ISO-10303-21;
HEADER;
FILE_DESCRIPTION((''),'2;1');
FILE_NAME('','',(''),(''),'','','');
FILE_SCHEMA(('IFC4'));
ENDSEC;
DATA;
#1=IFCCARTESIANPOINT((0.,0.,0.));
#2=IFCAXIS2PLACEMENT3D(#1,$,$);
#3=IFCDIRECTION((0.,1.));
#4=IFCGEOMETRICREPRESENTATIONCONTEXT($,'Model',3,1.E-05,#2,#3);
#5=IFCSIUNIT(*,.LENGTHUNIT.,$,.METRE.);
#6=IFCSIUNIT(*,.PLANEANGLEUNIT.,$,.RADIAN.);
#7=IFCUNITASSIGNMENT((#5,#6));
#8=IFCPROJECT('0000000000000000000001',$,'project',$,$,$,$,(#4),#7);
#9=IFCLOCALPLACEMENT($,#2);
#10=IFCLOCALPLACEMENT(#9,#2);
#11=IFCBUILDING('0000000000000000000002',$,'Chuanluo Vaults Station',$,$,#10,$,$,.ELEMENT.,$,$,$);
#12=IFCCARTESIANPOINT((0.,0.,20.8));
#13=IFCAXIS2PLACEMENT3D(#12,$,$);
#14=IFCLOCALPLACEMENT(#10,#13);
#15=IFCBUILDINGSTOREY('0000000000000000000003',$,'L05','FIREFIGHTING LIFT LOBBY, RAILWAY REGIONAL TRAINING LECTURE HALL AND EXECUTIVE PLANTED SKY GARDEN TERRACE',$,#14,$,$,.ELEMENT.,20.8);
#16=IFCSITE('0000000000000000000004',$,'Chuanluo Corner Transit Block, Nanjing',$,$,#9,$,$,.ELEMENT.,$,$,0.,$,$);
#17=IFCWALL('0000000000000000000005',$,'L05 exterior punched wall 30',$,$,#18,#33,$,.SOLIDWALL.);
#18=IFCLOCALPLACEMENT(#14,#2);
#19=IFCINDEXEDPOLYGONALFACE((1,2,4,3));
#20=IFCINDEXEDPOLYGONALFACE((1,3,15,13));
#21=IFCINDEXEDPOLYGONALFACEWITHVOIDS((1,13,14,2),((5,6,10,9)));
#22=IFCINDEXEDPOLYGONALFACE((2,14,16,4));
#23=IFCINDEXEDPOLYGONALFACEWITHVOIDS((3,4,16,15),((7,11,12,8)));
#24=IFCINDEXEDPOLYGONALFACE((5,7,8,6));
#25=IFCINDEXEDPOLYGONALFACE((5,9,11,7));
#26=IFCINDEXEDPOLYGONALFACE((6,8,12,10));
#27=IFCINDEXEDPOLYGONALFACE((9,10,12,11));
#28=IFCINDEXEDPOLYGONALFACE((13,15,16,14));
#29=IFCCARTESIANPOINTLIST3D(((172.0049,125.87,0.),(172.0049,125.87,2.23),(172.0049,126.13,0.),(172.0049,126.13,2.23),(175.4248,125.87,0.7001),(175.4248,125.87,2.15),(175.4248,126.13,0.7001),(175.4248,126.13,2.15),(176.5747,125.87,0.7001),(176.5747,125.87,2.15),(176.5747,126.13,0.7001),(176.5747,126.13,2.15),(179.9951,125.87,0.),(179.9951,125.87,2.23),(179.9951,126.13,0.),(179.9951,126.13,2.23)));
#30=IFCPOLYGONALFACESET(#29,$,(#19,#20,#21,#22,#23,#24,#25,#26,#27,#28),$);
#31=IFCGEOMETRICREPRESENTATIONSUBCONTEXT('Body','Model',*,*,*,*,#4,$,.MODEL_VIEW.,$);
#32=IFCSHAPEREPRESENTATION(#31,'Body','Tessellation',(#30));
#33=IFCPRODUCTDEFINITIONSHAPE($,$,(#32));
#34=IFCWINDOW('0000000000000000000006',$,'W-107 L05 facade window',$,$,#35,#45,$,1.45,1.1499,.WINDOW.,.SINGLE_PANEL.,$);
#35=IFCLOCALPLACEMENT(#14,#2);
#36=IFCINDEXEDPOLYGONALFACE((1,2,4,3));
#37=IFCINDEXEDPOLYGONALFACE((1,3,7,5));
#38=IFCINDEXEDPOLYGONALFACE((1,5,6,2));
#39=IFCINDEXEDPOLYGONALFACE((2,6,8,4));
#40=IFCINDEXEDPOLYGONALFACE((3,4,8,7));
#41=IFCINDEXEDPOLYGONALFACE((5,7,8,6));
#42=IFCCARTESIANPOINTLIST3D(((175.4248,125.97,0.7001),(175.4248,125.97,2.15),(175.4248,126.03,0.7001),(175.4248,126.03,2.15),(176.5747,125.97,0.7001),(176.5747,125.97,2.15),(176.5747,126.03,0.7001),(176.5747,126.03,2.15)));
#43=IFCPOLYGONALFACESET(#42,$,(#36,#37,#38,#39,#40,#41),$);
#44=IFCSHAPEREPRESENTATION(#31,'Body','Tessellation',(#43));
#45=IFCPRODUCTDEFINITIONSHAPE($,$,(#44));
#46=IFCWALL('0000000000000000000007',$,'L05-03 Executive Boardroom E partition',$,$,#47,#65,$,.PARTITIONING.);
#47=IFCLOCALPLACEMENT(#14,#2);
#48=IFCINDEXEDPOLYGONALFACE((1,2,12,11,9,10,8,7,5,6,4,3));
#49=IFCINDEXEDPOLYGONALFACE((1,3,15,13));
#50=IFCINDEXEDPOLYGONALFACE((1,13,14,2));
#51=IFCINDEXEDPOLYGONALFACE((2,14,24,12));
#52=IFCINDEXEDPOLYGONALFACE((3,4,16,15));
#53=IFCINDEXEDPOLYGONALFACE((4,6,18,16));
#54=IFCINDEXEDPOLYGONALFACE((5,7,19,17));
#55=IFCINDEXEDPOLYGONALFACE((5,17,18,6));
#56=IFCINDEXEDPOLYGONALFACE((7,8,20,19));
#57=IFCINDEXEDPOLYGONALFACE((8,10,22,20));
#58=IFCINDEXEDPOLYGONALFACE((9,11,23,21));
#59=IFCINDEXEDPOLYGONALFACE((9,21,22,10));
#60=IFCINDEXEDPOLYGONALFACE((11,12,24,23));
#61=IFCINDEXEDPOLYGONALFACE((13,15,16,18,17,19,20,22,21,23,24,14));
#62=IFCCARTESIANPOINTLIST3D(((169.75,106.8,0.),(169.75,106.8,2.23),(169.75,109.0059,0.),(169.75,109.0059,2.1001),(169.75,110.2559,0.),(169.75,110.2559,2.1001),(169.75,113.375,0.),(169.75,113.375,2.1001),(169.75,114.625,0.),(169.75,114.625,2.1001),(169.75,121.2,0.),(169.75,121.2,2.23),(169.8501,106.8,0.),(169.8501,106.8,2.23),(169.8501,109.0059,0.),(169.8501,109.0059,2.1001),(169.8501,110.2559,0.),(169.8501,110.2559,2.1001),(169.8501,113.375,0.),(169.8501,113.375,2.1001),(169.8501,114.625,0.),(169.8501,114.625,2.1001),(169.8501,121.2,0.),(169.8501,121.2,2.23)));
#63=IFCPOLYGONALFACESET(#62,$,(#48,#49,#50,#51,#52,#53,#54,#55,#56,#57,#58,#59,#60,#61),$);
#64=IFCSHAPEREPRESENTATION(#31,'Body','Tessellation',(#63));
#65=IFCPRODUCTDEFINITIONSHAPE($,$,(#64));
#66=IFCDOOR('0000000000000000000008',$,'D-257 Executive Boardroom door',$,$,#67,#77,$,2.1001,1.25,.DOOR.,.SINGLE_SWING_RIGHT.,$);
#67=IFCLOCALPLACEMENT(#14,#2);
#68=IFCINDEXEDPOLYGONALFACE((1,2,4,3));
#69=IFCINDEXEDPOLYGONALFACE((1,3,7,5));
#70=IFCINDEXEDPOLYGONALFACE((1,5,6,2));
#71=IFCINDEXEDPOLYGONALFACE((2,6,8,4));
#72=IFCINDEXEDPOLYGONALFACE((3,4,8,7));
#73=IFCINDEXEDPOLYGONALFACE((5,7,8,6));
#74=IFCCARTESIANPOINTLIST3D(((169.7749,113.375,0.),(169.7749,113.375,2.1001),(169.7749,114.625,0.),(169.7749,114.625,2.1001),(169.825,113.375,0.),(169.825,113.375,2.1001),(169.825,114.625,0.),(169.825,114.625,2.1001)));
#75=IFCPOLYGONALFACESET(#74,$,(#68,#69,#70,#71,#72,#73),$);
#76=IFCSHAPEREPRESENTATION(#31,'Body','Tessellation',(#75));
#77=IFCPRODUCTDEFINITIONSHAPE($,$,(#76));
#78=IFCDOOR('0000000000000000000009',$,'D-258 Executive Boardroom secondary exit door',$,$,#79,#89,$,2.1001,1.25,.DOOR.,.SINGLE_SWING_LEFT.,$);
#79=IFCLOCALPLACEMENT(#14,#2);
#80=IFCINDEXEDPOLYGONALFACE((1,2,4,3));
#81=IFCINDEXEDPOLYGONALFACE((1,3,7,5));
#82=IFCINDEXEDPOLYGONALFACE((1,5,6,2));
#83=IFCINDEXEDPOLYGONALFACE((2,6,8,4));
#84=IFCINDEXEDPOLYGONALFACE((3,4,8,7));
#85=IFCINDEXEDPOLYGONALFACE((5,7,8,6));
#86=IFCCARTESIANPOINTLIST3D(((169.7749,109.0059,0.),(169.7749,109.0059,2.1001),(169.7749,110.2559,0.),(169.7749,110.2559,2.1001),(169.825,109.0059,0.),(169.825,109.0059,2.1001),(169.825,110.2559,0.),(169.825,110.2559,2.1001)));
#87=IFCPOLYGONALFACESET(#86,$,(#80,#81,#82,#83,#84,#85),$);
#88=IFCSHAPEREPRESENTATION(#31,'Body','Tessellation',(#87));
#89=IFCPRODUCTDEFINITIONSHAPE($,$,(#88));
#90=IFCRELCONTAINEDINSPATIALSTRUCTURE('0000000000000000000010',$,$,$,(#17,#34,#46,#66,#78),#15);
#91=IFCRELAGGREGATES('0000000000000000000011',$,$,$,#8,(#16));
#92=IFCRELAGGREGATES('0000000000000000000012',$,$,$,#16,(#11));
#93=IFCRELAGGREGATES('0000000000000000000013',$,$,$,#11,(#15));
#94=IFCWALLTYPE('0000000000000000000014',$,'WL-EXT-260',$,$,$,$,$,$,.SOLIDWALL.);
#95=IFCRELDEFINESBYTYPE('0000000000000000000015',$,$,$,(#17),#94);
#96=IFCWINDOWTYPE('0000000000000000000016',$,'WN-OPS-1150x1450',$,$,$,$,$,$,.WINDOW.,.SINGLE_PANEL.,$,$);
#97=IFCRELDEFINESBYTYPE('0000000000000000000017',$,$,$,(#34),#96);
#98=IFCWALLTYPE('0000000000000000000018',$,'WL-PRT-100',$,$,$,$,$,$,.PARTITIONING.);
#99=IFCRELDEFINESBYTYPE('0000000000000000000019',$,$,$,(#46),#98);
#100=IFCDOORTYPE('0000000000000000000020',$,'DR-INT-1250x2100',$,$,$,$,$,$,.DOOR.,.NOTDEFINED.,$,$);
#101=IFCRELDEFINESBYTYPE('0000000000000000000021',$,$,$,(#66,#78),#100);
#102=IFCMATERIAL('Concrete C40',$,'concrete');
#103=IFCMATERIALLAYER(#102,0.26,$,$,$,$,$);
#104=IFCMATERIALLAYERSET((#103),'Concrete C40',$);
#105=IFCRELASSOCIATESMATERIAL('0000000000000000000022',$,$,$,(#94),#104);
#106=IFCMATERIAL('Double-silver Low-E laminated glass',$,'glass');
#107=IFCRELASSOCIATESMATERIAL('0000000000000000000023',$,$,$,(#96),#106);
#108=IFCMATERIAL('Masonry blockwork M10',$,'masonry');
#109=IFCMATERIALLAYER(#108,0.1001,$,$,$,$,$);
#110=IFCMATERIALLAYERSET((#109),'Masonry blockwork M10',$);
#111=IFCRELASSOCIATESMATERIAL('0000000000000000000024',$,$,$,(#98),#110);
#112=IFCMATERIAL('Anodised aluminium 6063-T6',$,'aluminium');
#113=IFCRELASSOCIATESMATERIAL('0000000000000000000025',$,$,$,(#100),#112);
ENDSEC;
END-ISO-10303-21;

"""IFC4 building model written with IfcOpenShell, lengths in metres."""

from ifc_helpers import new_model, si_unit, direction, frame, frame_2d, origin, place, context, subcontext, project, spatial, rectangle, extrude, material, layer, layer_set, type_object, element, fill, save


model = new_model("IFC4")

# Units and contexts
model_context = context("Model", 3, precision=1e-05, world=origin(), true_north=direction((0.0, 1.0)))
body_context = subcontext(model_context, "Body", "Model", "MODEL_VIEW")
ifc_project = project(units=[si_unit("LENGTHUNIT", "METRE"), si_unit("PLANEANGLEUNIT", "RADIAN")], contexts=[model_context])

# Site, building, storey
site_placement = place(None, origin())
site = spatial("IfcSite", under=ifc_project, at=site_placement, Name="Chuanluo Corner Transit Block, Nanjing", CompositionType="ELEMENT", RefElevation=0.0)
building_placement = place(site_placement, origin())
building = spatial("IfcBuilding", under=site, at=building_placement, Name="Chuanluo Vaults Station", CompositionType="ELEMENT")
storey_placement = place(building_placement, frame((0.0, 0.0, 20.8)))
storey = spatial("IfcBuildingStorey", under=building, at=storey_placement, Name="L05", Description="FIREFIGHTING LIFT LOBBY, RAILWAY REGIONAL TRAINING LECTURE HALL AND EXECUTIVE PLANTED SKY GARDEN TERRACE", CompositionType="ELEMENT", Elevation=20.8)

# Wall, opening, window
ifc_material_1 = material(Name="Concrete C40", Category="concrete")
ifc_layer_1 = layer(ifc_material_1, 0.26)
ifc_layer_set_1 = layer_set([ifc_layer_1], Name="Concrete C40")
wall_type_1 = type_object("IfcWallType", Name="WL-EXT-260", PredefinedType="SOLIDWALL", material=ifc_layer_set_1)
wall_1_placement = place(storey_placement, frame((172.0049, 126.0, 0.0), z_axis=(0.0, 0.0, 1.0), x_axis=(1.0, 0.0, 0.0)))
wall_1 = element("IfcWall", 1, at=wall_1_placement, inside=storey, type_object=wall_type_1, Name="L05 exterior punched wall 30", PredefinedType="SOLIDWALL", context=body_context, shape_type="SweptSolid", body=[
    extrude(rectangle(XDim=7.9902, YDim=0.26, at=frame_2d((3.9951, 0.0))), origin(), (0.0, 0.0, 1.0), 2.23),
])
opening_1_placement = place(wall_1_placement, frame((3.4199, 0.0, 0.7)))
opening_1 = element("IfcOpeningElement", 2, at=opening_1_placement, cuts=wall_1, PredefinedType="OPENING", context=body_context, shape_type="SweptSolid", body=[
    extrude(rectangle(XDim=1.1499, YDim=1.45, at=frame_2d((0.575, 0.7251))), frame((0.0, 0.1399, 0.0), z_axis=(0.0, -1.0, 0.0), x_axis=(1.0, 0.0, 0.0)), (0.0, 0.0, 1.0), 0.28),
])
ifc_material_2 = material(Name="Double-silver Low-E laminated glass", Category="glass")
window_type = type_object("IfcWindowType", Name="WN-OPS-1150x1450", PartitioningType="SINGLE_PANEL", PredefinedType="WINDOW", material=ifc_material_2)
window_placement = place(opening_1_placement, origin())
window = element("IfcWindow", 3, at=window_placement, inside=storey, type_object=window_type, Name="W-107 L05 facade window", OverallHeight=1.45, OverallWidth=1.1499, PartitioningType="SINGLE_PANEL", PredefinedType="WINDOW", context=body_context, shape_type="SweptSolid", body=[
    extrude(rectangle(XDim=1.1499, YDim=1.45, at=frame_2d((0.575, 0.7251))), frame((0.0, 0.03, 0.0), z_axis=(0.0, -1.0, 0.0), x_axis=(1.0, 0.0, 0.0)), (0.0, 0.0, 1.0), 0.0601),
])
fill(opening_1, window)

# Wall, openings, doors
ifc_material_3 = material(Name="Masonry blockwork M10", Category="masonry")
ifc_layer_2 = layer(ifc_material_3, 0.1001)
ifc_layer_set_2 = layer_set([ifc_layer_2], Name="Masonry blockwork M10")
wall_type_2 = type_object("IfcWallType", Name="WL-PRT-100", PredefinedType="PARTITIONING", material=ifc_layer_set_2)
wall_2_placement = place(storey_placement, frame((169.8, 121.2, 0.0), z_axis=(0.0, 0.0, 1.0), x_axis=(0.0, -1.0, 0.0)))
wall_2 = element("IfcWall", 4, at=wall_2_placement, inside=storey, type_object=wall_type_2, Name="L05-03 Executive Boardroom E partition", PredefinedType="PARTITIONING", context=body_context, shape_type="SweptSolid", body=[
    extrude(rectangle(XDim=14.3999, YDim=0.1001, at=frame_2d((7.2, 0.0))), origin(), (0.0, 0.0, 1.0), 2.23),
])
opening_2_placement = place(wall_2_placement, frame((6.575, 0.0, 0.0)))
opening_2 = element("IfcOpeningElement", 5, at=opening_2_placement, cuts=wall_2, PredefinedType="OPENING", context=body_context, shape_type="SweptSolid", body=[
    extrude(rectangle(XDim=1.25, YDim=2.1001, at=frame_2d((0.625, 1.05))), frame((0.0, 0.06, 0.0), z_axis=(0.0, -1.0, 0.0), x_axis=(1.0, 0.0, 0.0)), (0.0, 0.0, 1.0), 0.1201),
])
opening_3_placement = place(wall_2_placement, frame((10.9441, 0.0, 0.0)))
opening_3 = element("IfcOpeningElement", 6, at=opening_3_placement, cuts=wall_2, PredefinedType="OPENING", context=body_context, shape_type="SweptSolid", body=[
    extrude(rectangle(XDim=1.25, YDim=2.1001, at=frame_2d((0.625, 1.05))), frame((0.0, 0.06, 0.0), z_axis=(0.0, -1.0, 0.0), x_axis=(1.0, 0.0, 0.0)), (0.0, 0.0, 1.0), 0.1201),
])
ifc_material_4 = material(Name="Anodised aluminium 6063-T6", Category="aluminium")
door_type = type_object("IfcDoorType", Name="DR-INT-1250x2100", OperationType="NOTDEFINED", PredefinedType="DOOR", material=ifc_material_4)
door_1_placement = place(opening_2_placement, origin())
door_1 = element("IfcDoor", 7, at=door_1_placement, inside=storey, type_object=door_type, Name="D-257 Executive Boardroom door", OperationType="SINGLE_SWING_RIGHT", OverallHeight=2.1001, OverallWidth=1.25, PredefinedType="DOOR", context=body_context, shape_type="SweptSolid", body=[
    extrude(rectangle(XDim=1.25, YDim=2.1001, at=frame_2d((0.625, 1.05))), frame((0.0, 0.0249, 0.0), z_axis=(0.0, -1.0, 0.0), x_axis=(1.0, 0.0, 0.0)), (0.0, 0.0, 1.0), 0.05),
])
fill(opening_2, door_1)
door_2_placement = place(opening_3_placement, origin())
door_2 = element("IfcDoor", 8, at=door_2_placement, inside=storey, type_object=door_type, Name="D-258 Executive Boardroom secondary exit door", OperationType="SINGLE_SWING_LEFT", OverallHeight=2.1001, OverallWidth=1.25, PredefinedType="DOOR", context=body_context, shape_type="SweptSolid", body=[
    extrude(rectangle(XDim=1.25, YDim=2.1001, at=frame_2d((0.625, 1.05))), frame((0.0, 0.0249, 0.0), z_axis=(0.0, -1.0, 0.0), x_axis=(1.0, 0.0, 0.0)), (0.0, 0.0, 1.0), 0.05),
])
fill(opening_3, door_2)

save(model, "model.ifc")
